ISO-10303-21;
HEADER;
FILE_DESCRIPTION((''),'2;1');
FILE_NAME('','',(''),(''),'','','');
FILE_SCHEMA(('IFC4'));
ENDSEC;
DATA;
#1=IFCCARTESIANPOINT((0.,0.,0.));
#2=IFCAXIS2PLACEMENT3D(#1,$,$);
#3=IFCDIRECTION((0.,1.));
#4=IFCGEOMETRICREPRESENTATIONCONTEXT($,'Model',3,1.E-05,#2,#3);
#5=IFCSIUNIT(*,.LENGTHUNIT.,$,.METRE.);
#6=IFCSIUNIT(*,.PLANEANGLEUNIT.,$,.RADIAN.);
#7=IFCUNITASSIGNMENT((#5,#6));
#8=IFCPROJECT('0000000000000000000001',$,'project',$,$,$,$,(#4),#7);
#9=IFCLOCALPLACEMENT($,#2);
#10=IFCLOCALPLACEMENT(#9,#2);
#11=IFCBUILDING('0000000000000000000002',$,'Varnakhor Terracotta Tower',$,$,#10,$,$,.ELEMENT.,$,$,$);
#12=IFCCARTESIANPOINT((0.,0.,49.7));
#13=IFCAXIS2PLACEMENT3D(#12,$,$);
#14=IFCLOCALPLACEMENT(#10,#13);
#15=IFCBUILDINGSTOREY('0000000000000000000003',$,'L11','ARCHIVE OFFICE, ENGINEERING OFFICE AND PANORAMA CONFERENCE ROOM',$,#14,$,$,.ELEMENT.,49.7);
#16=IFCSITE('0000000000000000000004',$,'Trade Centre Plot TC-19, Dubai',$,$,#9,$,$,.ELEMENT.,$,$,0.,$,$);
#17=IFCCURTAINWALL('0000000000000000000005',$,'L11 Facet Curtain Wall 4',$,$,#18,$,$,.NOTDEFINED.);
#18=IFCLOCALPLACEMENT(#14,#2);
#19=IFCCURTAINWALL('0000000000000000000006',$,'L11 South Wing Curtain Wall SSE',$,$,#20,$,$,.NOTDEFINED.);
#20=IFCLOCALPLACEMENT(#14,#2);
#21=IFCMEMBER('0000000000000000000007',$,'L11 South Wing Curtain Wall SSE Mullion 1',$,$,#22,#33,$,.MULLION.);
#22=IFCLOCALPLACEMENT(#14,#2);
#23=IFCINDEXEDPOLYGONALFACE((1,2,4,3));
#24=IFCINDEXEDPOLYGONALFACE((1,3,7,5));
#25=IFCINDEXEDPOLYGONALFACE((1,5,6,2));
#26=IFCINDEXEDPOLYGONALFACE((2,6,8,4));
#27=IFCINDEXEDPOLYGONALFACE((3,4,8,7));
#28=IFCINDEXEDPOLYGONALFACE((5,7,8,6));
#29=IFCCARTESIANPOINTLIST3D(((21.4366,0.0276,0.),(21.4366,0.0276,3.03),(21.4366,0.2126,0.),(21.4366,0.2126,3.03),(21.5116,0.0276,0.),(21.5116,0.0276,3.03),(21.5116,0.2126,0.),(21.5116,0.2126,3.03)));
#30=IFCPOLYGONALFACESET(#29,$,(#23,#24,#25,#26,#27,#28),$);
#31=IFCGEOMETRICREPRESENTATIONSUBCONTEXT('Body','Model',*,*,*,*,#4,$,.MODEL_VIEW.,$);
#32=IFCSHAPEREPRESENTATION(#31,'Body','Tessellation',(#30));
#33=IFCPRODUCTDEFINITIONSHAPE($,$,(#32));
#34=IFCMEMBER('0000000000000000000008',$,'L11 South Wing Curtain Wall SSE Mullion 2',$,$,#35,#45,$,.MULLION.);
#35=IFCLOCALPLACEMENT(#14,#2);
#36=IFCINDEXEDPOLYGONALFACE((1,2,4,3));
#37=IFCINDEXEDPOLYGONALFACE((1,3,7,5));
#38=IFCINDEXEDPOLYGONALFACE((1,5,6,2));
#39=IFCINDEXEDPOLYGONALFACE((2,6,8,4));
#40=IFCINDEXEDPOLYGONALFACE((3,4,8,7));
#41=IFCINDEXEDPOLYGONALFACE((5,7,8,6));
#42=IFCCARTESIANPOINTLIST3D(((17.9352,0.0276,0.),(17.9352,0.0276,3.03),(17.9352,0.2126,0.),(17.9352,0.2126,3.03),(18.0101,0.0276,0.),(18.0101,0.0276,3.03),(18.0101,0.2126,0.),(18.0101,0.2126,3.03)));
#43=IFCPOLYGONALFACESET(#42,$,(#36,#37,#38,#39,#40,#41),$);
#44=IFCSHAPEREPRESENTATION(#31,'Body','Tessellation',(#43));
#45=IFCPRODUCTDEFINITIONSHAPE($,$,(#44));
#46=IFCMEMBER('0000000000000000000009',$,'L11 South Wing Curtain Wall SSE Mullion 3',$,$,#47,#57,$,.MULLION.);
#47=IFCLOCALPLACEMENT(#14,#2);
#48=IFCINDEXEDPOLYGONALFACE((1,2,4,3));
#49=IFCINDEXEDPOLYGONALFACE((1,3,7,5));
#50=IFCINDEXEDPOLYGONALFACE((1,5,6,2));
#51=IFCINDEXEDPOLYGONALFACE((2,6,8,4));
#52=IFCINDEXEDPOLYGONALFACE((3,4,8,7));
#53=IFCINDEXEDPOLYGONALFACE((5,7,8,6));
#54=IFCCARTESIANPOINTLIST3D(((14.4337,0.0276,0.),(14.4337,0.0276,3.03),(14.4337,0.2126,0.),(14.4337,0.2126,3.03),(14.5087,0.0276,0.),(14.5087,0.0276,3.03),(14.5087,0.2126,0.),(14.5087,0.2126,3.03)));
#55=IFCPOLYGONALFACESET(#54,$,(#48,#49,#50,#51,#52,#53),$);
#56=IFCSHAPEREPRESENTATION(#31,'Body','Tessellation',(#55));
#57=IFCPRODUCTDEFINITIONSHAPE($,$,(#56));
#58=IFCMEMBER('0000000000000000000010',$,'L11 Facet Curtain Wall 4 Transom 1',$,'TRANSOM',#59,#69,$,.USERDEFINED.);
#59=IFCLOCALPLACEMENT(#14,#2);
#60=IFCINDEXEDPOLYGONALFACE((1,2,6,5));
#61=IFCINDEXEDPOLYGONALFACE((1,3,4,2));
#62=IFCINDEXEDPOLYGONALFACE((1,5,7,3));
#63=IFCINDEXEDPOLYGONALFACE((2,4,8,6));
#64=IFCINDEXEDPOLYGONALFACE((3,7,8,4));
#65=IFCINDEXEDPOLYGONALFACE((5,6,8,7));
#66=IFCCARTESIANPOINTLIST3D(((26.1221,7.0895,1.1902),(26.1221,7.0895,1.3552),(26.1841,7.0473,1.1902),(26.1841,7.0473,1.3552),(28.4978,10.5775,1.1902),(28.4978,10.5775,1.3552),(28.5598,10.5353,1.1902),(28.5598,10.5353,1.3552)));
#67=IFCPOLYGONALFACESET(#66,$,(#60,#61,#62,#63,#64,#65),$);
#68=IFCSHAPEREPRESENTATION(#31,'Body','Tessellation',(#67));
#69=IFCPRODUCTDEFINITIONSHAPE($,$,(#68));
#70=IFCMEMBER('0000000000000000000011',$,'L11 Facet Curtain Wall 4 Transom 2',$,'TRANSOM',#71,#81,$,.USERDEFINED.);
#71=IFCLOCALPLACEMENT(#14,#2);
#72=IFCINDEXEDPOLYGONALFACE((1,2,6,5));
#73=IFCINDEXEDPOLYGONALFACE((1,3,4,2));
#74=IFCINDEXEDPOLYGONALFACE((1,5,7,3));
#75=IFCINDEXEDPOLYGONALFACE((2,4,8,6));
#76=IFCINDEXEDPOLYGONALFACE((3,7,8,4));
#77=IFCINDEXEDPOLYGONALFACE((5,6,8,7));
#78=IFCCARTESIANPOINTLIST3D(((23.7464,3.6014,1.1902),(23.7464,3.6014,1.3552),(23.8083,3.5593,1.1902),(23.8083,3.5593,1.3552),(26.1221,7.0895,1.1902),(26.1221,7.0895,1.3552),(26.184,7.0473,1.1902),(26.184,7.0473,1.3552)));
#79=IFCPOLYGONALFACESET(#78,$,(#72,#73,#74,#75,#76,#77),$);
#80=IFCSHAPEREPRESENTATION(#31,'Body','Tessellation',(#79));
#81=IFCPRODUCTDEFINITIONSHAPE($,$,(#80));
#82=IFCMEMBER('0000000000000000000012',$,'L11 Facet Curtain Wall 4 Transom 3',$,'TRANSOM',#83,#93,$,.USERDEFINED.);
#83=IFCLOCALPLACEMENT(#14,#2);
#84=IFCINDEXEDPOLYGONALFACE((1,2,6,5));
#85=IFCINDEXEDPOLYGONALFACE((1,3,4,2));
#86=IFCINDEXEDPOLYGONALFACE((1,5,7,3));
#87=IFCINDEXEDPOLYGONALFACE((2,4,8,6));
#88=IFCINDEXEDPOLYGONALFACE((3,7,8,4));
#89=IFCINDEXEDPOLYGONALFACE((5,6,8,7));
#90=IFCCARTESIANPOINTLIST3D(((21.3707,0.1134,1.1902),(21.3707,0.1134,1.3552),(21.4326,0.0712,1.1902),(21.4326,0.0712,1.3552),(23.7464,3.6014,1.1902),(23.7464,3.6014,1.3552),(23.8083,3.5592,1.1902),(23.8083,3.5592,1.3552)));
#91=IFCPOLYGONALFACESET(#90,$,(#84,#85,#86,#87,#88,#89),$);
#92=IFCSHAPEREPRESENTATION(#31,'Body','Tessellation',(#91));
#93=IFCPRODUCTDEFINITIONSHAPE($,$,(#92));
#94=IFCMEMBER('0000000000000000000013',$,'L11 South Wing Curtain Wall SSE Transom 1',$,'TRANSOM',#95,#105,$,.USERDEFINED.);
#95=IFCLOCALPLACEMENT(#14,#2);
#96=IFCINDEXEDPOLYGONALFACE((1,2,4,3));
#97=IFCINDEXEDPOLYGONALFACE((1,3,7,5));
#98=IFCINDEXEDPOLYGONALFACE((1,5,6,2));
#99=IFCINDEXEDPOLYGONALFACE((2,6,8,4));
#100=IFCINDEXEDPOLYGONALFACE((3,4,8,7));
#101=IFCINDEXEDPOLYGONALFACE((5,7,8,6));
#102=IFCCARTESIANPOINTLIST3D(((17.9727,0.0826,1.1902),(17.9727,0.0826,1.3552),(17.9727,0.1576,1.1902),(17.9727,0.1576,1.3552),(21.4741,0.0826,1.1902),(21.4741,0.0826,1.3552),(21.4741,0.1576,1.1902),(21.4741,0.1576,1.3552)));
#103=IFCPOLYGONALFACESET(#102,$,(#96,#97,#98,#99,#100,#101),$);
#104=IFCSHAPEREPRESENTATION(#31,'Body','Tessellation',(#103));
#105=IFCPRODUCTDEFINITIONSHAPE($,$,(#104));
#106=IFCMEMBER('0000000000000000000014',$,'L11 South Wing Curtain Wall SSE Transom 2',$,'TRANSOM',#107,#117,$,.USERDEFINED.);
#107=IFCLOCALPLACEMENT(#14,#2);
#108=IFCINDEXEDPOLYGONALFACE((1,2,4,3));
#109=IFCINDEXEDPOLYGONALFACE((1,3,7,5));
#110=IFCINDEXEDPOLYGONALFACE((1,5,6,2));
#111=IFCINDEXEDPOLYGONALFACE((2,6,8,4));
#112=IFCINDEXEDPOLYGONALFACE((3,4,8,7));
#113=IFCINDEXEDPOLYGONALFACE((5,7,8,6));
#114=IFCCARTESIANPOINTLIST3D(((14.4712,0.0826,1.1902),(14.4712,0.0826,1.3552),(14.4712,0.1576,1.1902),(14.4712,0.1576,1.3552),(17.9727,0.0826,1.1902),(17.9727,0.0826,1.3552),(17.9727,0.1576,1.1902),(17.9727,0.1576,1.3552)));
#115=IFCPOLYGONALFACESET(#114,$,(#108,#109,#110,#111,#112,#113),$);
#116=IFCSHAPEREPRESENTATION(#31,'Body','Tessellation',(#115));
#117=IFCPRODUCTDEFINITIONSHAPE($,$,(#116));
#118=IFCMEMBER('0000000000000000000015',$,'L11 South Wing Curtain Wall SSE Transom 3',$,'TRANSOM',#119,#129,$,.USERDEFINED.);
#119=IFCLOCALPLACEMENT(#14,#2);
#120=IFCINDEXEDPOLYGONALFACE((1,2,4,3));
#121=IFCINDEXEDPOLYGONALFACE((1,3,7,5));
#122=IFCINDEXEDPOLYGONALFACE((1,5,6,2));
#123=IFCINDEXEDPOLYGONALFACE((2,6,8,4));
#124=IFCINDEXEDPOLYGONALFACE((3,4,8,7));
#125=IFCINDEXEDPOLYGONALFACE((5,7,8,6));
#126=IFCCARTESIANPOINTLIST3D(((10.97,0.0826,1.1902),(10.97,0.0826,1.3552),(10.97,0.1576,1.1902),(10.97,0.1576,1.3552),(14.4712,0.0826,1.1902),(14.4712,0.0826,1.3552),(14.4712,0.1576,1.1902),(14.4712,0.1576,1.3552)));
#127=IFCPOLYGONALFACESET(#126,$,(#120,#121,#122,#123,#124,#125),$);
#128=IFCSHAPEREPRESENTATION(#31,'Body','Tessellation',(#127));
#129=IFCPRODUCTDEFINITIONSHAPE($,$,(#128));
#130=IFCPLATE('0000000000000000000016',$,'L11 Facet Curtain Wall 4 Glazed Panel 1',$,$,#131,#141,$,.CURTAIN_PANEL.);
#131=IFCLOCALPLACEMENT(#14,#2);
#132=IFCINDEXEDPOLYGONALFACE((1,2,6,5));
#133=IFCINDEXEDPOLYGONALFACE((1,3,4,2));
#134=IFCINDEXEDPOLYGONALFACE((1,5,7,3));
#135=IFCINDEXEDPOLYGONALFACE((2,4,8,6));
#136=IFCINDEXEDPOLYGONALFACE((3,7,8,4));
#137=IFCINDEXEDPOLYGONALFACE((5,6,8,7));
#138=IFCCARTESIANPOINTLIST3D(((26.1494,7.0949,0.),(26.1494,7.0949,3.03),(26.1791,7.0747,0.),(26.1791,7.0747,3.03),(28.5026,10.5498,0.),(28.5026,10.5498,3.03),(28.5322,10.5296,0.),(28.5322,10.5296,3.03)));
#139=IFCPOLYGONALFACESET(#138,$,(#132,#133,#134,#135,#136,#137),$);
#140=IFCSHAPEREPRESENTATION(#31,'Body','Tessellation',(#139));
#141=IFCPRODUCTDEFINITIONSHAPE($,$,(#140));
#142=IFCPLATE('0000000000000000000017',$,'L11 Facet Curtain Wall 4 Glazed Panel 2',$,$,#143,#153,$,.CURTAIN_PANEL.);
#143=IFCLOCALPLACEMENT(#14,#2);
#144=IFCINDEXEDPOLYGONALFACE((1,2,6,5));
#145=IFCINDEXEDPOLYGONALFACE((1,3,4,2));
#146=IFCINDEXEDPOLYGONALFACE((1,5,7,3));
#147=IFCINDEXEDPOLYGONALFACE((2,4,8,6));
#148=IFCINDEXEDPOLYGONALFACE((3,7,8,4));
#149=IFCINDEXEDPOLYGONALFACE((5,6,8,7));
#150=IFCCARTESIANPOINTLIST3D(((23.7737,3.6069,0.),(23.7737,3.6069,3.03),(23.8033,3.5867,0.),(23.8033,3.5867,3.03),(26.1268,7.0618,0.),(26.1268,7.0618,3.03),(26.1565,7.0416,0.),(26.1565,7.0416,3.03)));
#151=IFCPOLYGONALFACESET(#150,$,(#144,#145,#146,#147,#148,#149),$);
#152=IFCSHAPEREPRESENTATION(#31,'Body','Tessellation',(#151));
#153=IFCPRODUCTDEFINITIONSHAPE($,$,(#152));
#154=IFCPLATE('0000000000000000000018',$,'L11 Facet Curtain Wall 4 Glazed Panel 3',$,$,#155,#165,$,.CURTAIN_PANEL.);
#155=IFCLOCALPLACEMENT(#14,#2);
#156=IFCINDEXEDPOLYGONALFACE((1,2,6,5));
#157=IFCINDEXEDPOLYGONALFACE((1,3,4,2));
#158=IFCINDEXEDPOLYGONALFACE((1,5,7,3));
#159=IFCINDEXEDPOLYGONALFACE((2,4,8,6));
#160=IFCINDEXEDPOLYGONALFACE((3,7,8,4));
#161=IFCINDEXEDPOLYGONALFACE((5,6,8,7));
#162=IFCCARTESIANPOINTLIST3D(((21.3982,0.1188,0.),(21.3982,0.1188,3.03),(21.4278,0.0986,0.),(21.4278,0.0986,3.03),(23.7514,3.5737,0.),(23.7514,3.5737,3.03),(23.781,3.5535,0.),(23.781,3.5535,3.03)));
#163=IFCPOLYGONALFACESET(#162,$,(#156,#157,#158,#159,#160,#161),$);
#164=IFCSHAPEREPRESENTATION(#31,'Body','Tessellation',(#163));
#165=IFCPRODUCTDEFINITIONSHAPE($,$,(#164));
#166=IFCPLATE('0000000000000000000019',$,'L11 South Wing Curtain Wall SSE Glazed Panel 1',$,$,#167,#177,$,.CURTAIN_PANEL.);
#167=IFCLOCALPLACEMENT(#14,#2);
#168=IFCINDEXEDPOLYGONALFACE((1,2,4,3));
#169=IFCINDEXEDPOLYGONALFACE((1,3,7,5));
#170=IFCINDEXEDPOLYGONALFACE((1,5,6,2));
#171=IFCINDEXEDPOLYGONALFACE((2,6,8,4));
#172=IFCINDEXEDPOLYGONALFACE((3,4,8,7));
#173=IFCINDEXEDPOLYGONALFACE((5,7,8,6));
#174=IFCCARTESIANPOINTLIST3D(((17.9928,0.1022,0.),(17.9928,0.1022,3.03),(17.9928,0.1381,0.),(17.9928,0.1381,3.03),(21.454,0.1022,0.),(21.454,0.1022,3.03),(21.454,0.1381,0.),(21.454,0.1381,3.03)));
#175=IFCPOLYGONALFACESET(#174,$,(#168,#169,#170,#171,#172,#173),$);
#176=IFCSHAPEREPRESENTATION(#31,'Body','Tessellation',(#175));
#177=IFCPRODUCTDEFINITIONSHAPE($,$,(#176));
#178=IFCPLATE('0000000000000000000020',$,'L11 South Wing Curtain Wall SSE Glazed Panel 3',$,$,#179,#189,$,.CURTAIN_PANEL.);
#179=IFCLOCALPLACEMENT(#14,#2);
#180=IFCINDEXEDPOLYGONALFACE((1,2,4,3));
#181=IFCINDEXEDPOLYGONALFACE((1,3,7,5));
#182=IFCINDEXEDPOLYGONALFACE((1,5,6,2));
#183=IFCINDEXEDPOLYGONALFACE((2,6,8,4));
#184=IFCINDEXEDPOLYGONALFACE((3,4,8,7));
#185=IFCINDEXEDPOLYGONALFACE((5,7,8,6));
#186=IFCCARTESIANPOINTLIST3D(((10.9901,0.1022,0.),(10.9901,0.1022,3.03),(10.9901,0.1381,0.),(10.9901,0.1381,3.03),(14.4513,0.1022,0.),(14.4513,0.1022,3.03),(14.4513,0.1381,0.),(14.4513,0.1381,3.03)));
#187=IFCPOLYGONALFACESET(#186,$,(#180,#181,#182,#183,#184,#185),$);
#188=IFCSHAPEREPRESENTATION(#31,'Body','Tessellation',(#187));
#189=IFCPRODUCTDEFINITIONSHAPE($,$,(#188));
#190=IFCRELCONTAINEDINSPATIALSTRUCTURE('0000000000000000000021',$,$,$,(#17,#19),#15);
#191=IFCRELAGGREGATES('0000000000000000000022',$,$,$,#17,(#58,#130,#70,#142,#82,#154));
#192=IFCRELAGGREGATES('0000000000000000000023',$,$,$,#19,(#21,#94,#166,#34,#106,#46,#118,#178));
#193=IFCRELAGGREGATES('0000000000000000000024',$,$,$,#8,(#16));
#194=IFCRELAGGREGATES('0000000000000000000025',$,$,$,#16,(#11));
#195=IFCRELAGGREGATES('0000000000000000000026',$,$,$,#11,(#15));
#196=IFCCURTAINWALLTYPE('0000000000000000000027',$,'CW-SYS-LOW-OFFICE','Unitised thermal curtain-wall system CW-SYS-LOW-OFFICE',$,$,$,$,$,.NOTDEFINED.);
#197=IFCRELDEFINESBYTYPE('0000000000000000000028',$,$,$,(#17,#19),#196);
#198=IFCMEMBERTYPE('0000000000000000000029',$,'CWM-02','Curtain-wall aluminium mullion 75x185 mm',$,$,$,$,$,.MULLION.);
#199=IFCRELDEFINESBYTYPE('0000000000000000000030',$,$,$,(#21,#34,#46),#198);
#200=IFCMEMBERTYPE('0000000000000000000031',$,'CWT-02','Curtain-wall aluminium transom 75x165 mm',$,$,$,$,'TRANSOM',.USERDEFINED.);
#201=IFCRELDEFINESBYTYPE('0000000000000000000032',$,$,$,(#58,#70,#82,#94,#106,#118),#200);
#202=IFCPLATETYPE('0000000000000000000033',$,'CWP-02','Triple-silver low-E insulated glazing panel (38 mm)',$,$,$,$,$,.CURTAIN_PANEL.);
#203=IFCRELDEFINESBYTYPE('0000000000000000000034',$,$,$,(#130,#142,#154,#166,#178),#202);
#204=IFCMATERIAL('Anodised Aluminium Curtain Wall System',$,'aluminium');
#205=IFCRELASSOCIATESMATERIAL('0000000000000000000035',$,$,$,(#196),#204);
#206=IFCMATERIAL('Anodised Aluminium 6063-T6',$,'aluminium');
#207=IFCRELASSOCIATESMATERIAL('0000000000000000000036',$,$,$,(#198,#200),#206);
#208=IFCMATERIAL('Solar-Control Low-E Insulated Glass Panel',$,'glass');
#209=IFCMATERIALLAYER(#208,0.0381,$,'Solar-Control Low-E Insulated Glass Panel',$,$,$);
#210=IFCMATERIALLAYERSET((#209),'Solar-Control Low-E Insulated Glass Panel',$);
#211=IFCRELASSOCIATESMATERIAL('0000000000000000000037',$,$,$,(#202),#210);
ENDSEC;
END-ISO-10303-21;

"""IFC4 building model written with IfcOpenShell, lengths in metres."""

from ifc_helpers import new_model, si_unit, direction, frame, origin, origin_2d, place, context, subcontext, project, spatial, rectangle, extrude, source, transform, mapped, material, layer, layer_set, material_profile, profile_set, type_object, type_shapes, element, aggregate, save


model = new_model("IFC4")

# Units and contexts
model_context = context("Model", 3, precision=1e-05, world=origin(), true_north=direction((0.0, 1.0)))
body_context = subcontext(model_context, "Body", "Model", "MODEL_VIEW")
ifc_project = project(units=[si_unit("LENGTHUNIT", "METRE"), si_unit("PLANEANGLEUNIT", "RADIAN")], contexts=[model_context])

# Site, building, storey
site_placement = place(None, origin())
site = spatial("IfcSite", under=ifc_project, at=site_placement, Name="Trade Centre Plot TC-19, Dubai", CompositionType="ELEMENT", RefElevation=0.0)
building_placement = place(site_placement, origin())
building = spatial("IfcBuilding", under=site, at=building_placement, Name="Varnakhor Terracotta Tower", CompositionType="ELEMENT")
storey_placement = place(building_placement, frame((0.0, 0.0, 49.7)))
storey = spatial("IfcBuildingStorey", under=building, at=storey_placement, Name="L11", Description="ARCHIVE OFFICE, ENGINEERING OFFICE AND PANORAMA CONFERENCE ROOM", CompositionType="ELEMENT", Elevation=49.7)

# Curtain walls, members
ifc_material_1 = material(Name="Anodised Aluminium Curtain Wall System", Category="aluminium")
curtain_wall_type = type_object("IfcCurtainWallType", Name="CW-SYS-LOW-OFFICE", Description="Unitised thermal curtain-wall system CW-SYS-LOW-OFFICE", PredefinedType="NOTDEFINED", material=ifc_material_1)
curtain_wall_1_placement = place(storey_placement, origin())
curtain_wall_1 = element("IfcCurtainWall", 1, at=curtain_wall_1_placement, inside=storey, type_object=curtain_wall_type, Name="L11 Facet Curtain Wall 4", PredefinedType="NOTDEFINED")
ifc_material_2 = material(Name="Anodised Aluminium 6063-T6", Category="aluminium")
ifc_material_profile_1 = material_profile(ifc_material_2, rectangle(XDim=0.075, YDim=0.1851, at=origin_2d()), Name="ALU MULLION 75x185")
ifc_profile_set_1 = profile_set([ifc_material_profile_1], Name="Anodised Aluminium 6063-T6")
member_type_1 = type_object("IfcMemberType", Name="CWM-02", Description="Curtain-wall aluminium mullion 75x185 mm", PredefinedType="MULLION", material=ifc_profile_set_1)
shared_shape_1 = source(origin(), body_context, "Body", "SweptSolid", [
    extrude(rectangle(XDim=0.075, YDim=0.1851, at=origin_2d()), origin(), (0.0, 0.0, 1.0), 3.03),
])
type_shapes(member_type_1, [shared_shape_1])
curtain_wall_2_placement = place(storey_placement, origin())
curtain_wall_2 = element("IfcCurtainWall", 2, at=curtain_wall_2_placement, inside=storey, type_object=curtain_wall_type, Name="L11 South Wing Curtain Wall SSE", PredefinedType="NOTDEFINED")
member_1_placement = place(storey_placement, frame((21.4741, 0.1201, 0.0), z_axis=(0.0, 0.0, 1.0), x_axis=(1.0, 0.0, 0.0)))
member_1 = element("IfcMember", 3, at=member_1_placement, type_object=member_type_1, Name="L11 South Wing Curtain Wall SSE Mullion 1", PredefinedType="MULLION", context=body_context, shape_type="MappedRepresentation", body=[
    mapped(shared_shape_1, transform((0.0, 0.0, 0.0), scale=1.0)),
])
member_2_placement = place(storey_placement, frame((17.9727, 0.1201, 0.0), z_axis=(0.0, 0.0, 1.0), x_axis=(1.0, 0.0, 0.0)))
member_2 = element("IfcMember", 4, at=member_2_placement, type_object=member_type_1, Name="L11 South Wing Curtain Wall SSE Mullion 2", PredefinedType="MULLION", context=body_context, shape_type="MappedRepresentation", body=[
    mapped(shared_shape_1, transform((0.0, 0.0, 0.0), scale=1.0)),
])
member_3_placement = place(storey_placement, frame((14.4712, 0.1201, 0.0), z_axis=(0.0, 0.0, 1.0), x_axis=(1.0, 0.0, 0.0)))
member_3 = element("IfcMember", 5, at=member_3_placement, type_object=member_type_1, Name="L11 South Wing Curtain Wall SSE Mullion 3", PredefinedType="MULLION", context=body_context, shape_type="MappedRepresentation", body=[
    mapped(shared_shape_1, transform((0.0, 0.0, 0.0), scale=1.0)),
])

# Members
ifc_material_profile_2 = material_profile(ifc_material_2, rectangle(XDim=0.075, YDim=0.165, at=origin_2d()), Name="ALU TRANSOM 75x165")
ifc_profile_set_2 = profile_set([ifc_material_profile_2], Name="Anodised Aluminium 6063-T6")
member_type_2 = type_object("IfcMemberType", Name="CWT-02", Description="Curtain-wall aluminium transom 75x165 mm", ElementType="TRANSOM", PredefinedType="USERDEFINED", material=ifc_profile_set_2)
shared_shape_2 = source(origin(), body_context, "Body", "SweptSolid", [
    extrude(rectangle(XDim=0.075, YDim=0.165, at=origin_2d()), origin(), (0.0, 0.0, 1.0), 4.2202),
])
member_4_placement = place(storey_placement, frame((28.5288, 10.5564, 1.2727), z_axis=(-0.562936, -0.8265, 0.0), x_axis=(0.8265, -0.562936, 0.0)))
member_4 = element("IfcMember", 6, at=member_4_placement, type_object=member_type_2, Name="L11 Facet Curtain Wall 4 Transom 1", ObjectType="TRANSOM", PredefinedType="USERDEFINED", context=body_context, shape_type="MappedRepresentation", body=[
    mapped(shared_shape_2, transform((0.0, 0.0, 0.0), scale=1.0)),
])
member_5_placement = place(storey_placement, frame((26.1531, 7.0684, 1.2727), z_axis=(-0.562936, -0.8265, 0.0), x_axis=(0.8265, -0.562936, 0.0)))
member_5 = element("IfcMember", 7, at=member_5_placement, type_object=member_type_2, Name="L11 Facet Curtain Wall 4 Transom 2", ObjectType="TRANSOM", PredefinedType="USERDEFINED", context=body_context, shape_type="MappedRepresentation", body=[
    mapped(shared_shape_2, transform((0.0, 0.0, 0.0), scale=1.0)),
])
member_6_placement = place(storey_placement, frame((23.7773, 3.5803, 1.2727), z_axis=(-0.562936, -0.8265, 0.0), x_axis=(0.8265, -0.562936, 0.0)))
member_6 = element("IfcMember", 8, at=member_6_placement, type_object=member_type_2, Name="L11 Facet Curtain Wall 4 Transom 3", ObjectType="TRANSOM", PredefinedType="USERDEFINED", context=body_context, shape_type="MappedRepresentation", body=[
    mapped(shared_shape_2, transform((0.0, 0.0, 0.0), scale=1.0)),
])
shared_shape_3 = source(origin(), body_context, "Body", "SweptSolid", [
    extrude(rectangle(XDim=0.075, YDim=0.165, at=origin_2d()), origin(), (0.0, 0.0, 1.0), 3.5015),
])
member_7_placement = place(storey_placement, frame((21.4741, 0.1201, 1.2727), z_axis=(-1.0, 0.0, 0.0), x_axis=(0.0, -1.0, 0.0)))
member_7 = element("IfcMember", 9, at=member_7_placement, type_object=member_type_2, Name="L11 South Wing Curtain Wall SSE Transom 1", ObjectType="TRANSOM", PredefinedType="USERDEFINED", context=body_context, shape_type="MappedRepresentation", body=[
    mapped(shared_shape_3, transform((0.0, 0.0, 0.0), scale=1.0)),
])
member_8_placement = place(storey_placement, frame((17.9727, 0.1201, 1.2727), z_axis=(-1.0, 0.0, 0.0), x_axis=(0.0, -1.0, 0.0)))
member_8 = element("IfcMember", 10, at=member_8_placement, type_object=member_type_2, Name="L11 South Wing Curtain Wall SSE Transom 2", ObjectType="TRANSOM", PredefinedType="USERDEFINED", context=body_context, shape_type="MappedRepresentation", body=[
    mapped(shared_shape_3, transform((0.0, 0.0, 0.0), scale=1.0)),
])
shared_shape_4 = source(origin(), body_context, "Body", "SweptSolid", [
    extrude(rectangle(XDim=0.075, YDim=0.165, at=origin_2d()), origin(), (0.0, 0.0, 1.0), 3.5012),
])
member_9_placement = place(storey_placement, frame((14.4712, 0.1201, 1.2727), z_axis=(-1.0, 0.0, 0.0), x_axis=(0.0, -1.0, 0.0)))
member_9 = element("IfcMember", 11, at=member_9_placement, type_object=member_type_2, Name="L11 South Wing Curtain Wall SSE Transom 3", ObjectType="TRANSOM", PredefinedType="USERDEFINED", context=body_context, shape_type="MappedRepresentation", body=[
    mapped(shared_shape_4, transform((0.0, 0.0, 0.0), scale=1.0)),
])

# Plates
ifc_material_3 = material(Name="Solar-Control Low-E Insulated Glass Panel", Category="glass")
ifc_layer_1 = layer(ifc_material_3, 0.0381, Name="Solar-Control Low-E Insulated Glass Panel")
ifc_layer_set_1 = layer_set([ifc_layer_1], Name="Solar-Control Low-E Insulated Glass Panel")
plate_type = type_object("IfcPlateType", Name="CWP-02", Description="Triple-silver low-E insulated glazing panel (38 mm)", PredefinedType="CURTAIN_PANEL", material=ifc_layer_set_1)
shared_shape_5 = source(origin(), body_context, "Body", "SweptSolid", [
    extrude(rectangle(XDim=4.1802, YDim=0.0359, at=origin_2d()), origin(), (0.0, 0.0, 1.0), 3.03),
])
plate_1_placement = place(storey_placement, frame((27.3408, 8.8123, 0.0), z_axis=(0.0, 0.0, 1.0), x_axis=(-0.562935, -0.826501, 0.0)))
plate_1 = element("IfcPlate", 12, at=plate_1_placement, type_object=plate_type, Name="L11 Facet Curtain Wall 4 Glazed Panel 1", PredefinedType="CURTAIN_PANEL", context=body_context, shape_type="MappedRepresentation", body=[
    mapped(shared_shape_5, transform((0.0, 0.0, 0.0), scale=1.0)),
])
plate_2_placement = place(storey_placement, frame((24.9651, 5.3242, 0.0), z_axis=(0.0, 0.0, 1.0), x_axis=(-0.562935, -0.826501, 0.0)))
plate_2 = element("IfcPlate", 13, at=plate_2_placement, type_object=plate_type, Name="L11 Facet Curtain Wall 4 Glazed Panel 2", PredefinedType="CURTAIN_PANEL", context=body_context, shape_type="MappedRepresentation", body=[
    mapped(shared_shape_5, transform((0.0, 0.0, 0.0), scale=1.0)),
])
plate_3_placement = place(storey_placement, frame((22.5896, 1.8362, 0.0), z_axis=(0.0, 0.0, 1.0), x_axis=(-0.562935, -0.826501, 0.0)))
plate_3 = element("IfcPlate", 14, at=plate_3_placement, type_object=plate_type, Name="L11 Facet Curtain Wall 4 Glazed Panel 3", PredefinedType="CURTAIN_PANEL", context=body_context, shape_type="MappedRepresentation", body=[
    mapped(shared_shape_5, transform((0.0, 0.0, 0.0), scale=1.0)),
])
aggregate(curtain_wall_1, [member_4, plate_1, member_5, plate_2, member_6, plate_3])
shared_shape_6 = source(origin(), body_context, "Body", "SweptSolid", [
    extrude(rectangle(XDim=3.4612, YDim=0.0359, at=origin_2d()), origin(), (0.0, 0.0, 1.0), 3.03),
])
plate_4_placement = place(storey_placement, frame((19.7234, 0.1201, 0.0), z_axis=(0.0, 0.0, 1.0), x_axis=(-1.0, 0.0, 0.0)))
plate_4 = element("IfcPlate", 15, at=plate_4_placement, type_object=plate_type, Name="L11 South Wing Curtain Wall SSE Glazed Panel 1", PredefinedType="CURTAIN_PANEL", context=body_context, shape_type="MappedRepresentation", body=[
    mapped(shared_shape_6, transform((0.0, 0.0, 0.0), scale=1.0)),
])
plate_5_placement = place(storey_placement, frame((12.7207, 0.1201, 0.0), z_axis=(0.0, 0.0, 1.0), x_axis=(-1.0, 0.0, 0.0)))
plate_5 = element("IfcPlate", 16, at=plate_5_placement, type_object=plate_type, Name="L11 South Wing Curtain Wall SSE Glazed Panel 3", PredefinedType="CURTAIN_PANEL", context=body_context, shape_type="MappedRepresentation", body=[
    mapped(shared_shape_6, transform((0.0, 0.0, 0.0), scale=1.0)),
])
aggregate(curtain_wall_2, [member_1, member_7, plate_4, member_2, member_8, member_3, member_9, plate_5])

save(model, "model.ifc")
